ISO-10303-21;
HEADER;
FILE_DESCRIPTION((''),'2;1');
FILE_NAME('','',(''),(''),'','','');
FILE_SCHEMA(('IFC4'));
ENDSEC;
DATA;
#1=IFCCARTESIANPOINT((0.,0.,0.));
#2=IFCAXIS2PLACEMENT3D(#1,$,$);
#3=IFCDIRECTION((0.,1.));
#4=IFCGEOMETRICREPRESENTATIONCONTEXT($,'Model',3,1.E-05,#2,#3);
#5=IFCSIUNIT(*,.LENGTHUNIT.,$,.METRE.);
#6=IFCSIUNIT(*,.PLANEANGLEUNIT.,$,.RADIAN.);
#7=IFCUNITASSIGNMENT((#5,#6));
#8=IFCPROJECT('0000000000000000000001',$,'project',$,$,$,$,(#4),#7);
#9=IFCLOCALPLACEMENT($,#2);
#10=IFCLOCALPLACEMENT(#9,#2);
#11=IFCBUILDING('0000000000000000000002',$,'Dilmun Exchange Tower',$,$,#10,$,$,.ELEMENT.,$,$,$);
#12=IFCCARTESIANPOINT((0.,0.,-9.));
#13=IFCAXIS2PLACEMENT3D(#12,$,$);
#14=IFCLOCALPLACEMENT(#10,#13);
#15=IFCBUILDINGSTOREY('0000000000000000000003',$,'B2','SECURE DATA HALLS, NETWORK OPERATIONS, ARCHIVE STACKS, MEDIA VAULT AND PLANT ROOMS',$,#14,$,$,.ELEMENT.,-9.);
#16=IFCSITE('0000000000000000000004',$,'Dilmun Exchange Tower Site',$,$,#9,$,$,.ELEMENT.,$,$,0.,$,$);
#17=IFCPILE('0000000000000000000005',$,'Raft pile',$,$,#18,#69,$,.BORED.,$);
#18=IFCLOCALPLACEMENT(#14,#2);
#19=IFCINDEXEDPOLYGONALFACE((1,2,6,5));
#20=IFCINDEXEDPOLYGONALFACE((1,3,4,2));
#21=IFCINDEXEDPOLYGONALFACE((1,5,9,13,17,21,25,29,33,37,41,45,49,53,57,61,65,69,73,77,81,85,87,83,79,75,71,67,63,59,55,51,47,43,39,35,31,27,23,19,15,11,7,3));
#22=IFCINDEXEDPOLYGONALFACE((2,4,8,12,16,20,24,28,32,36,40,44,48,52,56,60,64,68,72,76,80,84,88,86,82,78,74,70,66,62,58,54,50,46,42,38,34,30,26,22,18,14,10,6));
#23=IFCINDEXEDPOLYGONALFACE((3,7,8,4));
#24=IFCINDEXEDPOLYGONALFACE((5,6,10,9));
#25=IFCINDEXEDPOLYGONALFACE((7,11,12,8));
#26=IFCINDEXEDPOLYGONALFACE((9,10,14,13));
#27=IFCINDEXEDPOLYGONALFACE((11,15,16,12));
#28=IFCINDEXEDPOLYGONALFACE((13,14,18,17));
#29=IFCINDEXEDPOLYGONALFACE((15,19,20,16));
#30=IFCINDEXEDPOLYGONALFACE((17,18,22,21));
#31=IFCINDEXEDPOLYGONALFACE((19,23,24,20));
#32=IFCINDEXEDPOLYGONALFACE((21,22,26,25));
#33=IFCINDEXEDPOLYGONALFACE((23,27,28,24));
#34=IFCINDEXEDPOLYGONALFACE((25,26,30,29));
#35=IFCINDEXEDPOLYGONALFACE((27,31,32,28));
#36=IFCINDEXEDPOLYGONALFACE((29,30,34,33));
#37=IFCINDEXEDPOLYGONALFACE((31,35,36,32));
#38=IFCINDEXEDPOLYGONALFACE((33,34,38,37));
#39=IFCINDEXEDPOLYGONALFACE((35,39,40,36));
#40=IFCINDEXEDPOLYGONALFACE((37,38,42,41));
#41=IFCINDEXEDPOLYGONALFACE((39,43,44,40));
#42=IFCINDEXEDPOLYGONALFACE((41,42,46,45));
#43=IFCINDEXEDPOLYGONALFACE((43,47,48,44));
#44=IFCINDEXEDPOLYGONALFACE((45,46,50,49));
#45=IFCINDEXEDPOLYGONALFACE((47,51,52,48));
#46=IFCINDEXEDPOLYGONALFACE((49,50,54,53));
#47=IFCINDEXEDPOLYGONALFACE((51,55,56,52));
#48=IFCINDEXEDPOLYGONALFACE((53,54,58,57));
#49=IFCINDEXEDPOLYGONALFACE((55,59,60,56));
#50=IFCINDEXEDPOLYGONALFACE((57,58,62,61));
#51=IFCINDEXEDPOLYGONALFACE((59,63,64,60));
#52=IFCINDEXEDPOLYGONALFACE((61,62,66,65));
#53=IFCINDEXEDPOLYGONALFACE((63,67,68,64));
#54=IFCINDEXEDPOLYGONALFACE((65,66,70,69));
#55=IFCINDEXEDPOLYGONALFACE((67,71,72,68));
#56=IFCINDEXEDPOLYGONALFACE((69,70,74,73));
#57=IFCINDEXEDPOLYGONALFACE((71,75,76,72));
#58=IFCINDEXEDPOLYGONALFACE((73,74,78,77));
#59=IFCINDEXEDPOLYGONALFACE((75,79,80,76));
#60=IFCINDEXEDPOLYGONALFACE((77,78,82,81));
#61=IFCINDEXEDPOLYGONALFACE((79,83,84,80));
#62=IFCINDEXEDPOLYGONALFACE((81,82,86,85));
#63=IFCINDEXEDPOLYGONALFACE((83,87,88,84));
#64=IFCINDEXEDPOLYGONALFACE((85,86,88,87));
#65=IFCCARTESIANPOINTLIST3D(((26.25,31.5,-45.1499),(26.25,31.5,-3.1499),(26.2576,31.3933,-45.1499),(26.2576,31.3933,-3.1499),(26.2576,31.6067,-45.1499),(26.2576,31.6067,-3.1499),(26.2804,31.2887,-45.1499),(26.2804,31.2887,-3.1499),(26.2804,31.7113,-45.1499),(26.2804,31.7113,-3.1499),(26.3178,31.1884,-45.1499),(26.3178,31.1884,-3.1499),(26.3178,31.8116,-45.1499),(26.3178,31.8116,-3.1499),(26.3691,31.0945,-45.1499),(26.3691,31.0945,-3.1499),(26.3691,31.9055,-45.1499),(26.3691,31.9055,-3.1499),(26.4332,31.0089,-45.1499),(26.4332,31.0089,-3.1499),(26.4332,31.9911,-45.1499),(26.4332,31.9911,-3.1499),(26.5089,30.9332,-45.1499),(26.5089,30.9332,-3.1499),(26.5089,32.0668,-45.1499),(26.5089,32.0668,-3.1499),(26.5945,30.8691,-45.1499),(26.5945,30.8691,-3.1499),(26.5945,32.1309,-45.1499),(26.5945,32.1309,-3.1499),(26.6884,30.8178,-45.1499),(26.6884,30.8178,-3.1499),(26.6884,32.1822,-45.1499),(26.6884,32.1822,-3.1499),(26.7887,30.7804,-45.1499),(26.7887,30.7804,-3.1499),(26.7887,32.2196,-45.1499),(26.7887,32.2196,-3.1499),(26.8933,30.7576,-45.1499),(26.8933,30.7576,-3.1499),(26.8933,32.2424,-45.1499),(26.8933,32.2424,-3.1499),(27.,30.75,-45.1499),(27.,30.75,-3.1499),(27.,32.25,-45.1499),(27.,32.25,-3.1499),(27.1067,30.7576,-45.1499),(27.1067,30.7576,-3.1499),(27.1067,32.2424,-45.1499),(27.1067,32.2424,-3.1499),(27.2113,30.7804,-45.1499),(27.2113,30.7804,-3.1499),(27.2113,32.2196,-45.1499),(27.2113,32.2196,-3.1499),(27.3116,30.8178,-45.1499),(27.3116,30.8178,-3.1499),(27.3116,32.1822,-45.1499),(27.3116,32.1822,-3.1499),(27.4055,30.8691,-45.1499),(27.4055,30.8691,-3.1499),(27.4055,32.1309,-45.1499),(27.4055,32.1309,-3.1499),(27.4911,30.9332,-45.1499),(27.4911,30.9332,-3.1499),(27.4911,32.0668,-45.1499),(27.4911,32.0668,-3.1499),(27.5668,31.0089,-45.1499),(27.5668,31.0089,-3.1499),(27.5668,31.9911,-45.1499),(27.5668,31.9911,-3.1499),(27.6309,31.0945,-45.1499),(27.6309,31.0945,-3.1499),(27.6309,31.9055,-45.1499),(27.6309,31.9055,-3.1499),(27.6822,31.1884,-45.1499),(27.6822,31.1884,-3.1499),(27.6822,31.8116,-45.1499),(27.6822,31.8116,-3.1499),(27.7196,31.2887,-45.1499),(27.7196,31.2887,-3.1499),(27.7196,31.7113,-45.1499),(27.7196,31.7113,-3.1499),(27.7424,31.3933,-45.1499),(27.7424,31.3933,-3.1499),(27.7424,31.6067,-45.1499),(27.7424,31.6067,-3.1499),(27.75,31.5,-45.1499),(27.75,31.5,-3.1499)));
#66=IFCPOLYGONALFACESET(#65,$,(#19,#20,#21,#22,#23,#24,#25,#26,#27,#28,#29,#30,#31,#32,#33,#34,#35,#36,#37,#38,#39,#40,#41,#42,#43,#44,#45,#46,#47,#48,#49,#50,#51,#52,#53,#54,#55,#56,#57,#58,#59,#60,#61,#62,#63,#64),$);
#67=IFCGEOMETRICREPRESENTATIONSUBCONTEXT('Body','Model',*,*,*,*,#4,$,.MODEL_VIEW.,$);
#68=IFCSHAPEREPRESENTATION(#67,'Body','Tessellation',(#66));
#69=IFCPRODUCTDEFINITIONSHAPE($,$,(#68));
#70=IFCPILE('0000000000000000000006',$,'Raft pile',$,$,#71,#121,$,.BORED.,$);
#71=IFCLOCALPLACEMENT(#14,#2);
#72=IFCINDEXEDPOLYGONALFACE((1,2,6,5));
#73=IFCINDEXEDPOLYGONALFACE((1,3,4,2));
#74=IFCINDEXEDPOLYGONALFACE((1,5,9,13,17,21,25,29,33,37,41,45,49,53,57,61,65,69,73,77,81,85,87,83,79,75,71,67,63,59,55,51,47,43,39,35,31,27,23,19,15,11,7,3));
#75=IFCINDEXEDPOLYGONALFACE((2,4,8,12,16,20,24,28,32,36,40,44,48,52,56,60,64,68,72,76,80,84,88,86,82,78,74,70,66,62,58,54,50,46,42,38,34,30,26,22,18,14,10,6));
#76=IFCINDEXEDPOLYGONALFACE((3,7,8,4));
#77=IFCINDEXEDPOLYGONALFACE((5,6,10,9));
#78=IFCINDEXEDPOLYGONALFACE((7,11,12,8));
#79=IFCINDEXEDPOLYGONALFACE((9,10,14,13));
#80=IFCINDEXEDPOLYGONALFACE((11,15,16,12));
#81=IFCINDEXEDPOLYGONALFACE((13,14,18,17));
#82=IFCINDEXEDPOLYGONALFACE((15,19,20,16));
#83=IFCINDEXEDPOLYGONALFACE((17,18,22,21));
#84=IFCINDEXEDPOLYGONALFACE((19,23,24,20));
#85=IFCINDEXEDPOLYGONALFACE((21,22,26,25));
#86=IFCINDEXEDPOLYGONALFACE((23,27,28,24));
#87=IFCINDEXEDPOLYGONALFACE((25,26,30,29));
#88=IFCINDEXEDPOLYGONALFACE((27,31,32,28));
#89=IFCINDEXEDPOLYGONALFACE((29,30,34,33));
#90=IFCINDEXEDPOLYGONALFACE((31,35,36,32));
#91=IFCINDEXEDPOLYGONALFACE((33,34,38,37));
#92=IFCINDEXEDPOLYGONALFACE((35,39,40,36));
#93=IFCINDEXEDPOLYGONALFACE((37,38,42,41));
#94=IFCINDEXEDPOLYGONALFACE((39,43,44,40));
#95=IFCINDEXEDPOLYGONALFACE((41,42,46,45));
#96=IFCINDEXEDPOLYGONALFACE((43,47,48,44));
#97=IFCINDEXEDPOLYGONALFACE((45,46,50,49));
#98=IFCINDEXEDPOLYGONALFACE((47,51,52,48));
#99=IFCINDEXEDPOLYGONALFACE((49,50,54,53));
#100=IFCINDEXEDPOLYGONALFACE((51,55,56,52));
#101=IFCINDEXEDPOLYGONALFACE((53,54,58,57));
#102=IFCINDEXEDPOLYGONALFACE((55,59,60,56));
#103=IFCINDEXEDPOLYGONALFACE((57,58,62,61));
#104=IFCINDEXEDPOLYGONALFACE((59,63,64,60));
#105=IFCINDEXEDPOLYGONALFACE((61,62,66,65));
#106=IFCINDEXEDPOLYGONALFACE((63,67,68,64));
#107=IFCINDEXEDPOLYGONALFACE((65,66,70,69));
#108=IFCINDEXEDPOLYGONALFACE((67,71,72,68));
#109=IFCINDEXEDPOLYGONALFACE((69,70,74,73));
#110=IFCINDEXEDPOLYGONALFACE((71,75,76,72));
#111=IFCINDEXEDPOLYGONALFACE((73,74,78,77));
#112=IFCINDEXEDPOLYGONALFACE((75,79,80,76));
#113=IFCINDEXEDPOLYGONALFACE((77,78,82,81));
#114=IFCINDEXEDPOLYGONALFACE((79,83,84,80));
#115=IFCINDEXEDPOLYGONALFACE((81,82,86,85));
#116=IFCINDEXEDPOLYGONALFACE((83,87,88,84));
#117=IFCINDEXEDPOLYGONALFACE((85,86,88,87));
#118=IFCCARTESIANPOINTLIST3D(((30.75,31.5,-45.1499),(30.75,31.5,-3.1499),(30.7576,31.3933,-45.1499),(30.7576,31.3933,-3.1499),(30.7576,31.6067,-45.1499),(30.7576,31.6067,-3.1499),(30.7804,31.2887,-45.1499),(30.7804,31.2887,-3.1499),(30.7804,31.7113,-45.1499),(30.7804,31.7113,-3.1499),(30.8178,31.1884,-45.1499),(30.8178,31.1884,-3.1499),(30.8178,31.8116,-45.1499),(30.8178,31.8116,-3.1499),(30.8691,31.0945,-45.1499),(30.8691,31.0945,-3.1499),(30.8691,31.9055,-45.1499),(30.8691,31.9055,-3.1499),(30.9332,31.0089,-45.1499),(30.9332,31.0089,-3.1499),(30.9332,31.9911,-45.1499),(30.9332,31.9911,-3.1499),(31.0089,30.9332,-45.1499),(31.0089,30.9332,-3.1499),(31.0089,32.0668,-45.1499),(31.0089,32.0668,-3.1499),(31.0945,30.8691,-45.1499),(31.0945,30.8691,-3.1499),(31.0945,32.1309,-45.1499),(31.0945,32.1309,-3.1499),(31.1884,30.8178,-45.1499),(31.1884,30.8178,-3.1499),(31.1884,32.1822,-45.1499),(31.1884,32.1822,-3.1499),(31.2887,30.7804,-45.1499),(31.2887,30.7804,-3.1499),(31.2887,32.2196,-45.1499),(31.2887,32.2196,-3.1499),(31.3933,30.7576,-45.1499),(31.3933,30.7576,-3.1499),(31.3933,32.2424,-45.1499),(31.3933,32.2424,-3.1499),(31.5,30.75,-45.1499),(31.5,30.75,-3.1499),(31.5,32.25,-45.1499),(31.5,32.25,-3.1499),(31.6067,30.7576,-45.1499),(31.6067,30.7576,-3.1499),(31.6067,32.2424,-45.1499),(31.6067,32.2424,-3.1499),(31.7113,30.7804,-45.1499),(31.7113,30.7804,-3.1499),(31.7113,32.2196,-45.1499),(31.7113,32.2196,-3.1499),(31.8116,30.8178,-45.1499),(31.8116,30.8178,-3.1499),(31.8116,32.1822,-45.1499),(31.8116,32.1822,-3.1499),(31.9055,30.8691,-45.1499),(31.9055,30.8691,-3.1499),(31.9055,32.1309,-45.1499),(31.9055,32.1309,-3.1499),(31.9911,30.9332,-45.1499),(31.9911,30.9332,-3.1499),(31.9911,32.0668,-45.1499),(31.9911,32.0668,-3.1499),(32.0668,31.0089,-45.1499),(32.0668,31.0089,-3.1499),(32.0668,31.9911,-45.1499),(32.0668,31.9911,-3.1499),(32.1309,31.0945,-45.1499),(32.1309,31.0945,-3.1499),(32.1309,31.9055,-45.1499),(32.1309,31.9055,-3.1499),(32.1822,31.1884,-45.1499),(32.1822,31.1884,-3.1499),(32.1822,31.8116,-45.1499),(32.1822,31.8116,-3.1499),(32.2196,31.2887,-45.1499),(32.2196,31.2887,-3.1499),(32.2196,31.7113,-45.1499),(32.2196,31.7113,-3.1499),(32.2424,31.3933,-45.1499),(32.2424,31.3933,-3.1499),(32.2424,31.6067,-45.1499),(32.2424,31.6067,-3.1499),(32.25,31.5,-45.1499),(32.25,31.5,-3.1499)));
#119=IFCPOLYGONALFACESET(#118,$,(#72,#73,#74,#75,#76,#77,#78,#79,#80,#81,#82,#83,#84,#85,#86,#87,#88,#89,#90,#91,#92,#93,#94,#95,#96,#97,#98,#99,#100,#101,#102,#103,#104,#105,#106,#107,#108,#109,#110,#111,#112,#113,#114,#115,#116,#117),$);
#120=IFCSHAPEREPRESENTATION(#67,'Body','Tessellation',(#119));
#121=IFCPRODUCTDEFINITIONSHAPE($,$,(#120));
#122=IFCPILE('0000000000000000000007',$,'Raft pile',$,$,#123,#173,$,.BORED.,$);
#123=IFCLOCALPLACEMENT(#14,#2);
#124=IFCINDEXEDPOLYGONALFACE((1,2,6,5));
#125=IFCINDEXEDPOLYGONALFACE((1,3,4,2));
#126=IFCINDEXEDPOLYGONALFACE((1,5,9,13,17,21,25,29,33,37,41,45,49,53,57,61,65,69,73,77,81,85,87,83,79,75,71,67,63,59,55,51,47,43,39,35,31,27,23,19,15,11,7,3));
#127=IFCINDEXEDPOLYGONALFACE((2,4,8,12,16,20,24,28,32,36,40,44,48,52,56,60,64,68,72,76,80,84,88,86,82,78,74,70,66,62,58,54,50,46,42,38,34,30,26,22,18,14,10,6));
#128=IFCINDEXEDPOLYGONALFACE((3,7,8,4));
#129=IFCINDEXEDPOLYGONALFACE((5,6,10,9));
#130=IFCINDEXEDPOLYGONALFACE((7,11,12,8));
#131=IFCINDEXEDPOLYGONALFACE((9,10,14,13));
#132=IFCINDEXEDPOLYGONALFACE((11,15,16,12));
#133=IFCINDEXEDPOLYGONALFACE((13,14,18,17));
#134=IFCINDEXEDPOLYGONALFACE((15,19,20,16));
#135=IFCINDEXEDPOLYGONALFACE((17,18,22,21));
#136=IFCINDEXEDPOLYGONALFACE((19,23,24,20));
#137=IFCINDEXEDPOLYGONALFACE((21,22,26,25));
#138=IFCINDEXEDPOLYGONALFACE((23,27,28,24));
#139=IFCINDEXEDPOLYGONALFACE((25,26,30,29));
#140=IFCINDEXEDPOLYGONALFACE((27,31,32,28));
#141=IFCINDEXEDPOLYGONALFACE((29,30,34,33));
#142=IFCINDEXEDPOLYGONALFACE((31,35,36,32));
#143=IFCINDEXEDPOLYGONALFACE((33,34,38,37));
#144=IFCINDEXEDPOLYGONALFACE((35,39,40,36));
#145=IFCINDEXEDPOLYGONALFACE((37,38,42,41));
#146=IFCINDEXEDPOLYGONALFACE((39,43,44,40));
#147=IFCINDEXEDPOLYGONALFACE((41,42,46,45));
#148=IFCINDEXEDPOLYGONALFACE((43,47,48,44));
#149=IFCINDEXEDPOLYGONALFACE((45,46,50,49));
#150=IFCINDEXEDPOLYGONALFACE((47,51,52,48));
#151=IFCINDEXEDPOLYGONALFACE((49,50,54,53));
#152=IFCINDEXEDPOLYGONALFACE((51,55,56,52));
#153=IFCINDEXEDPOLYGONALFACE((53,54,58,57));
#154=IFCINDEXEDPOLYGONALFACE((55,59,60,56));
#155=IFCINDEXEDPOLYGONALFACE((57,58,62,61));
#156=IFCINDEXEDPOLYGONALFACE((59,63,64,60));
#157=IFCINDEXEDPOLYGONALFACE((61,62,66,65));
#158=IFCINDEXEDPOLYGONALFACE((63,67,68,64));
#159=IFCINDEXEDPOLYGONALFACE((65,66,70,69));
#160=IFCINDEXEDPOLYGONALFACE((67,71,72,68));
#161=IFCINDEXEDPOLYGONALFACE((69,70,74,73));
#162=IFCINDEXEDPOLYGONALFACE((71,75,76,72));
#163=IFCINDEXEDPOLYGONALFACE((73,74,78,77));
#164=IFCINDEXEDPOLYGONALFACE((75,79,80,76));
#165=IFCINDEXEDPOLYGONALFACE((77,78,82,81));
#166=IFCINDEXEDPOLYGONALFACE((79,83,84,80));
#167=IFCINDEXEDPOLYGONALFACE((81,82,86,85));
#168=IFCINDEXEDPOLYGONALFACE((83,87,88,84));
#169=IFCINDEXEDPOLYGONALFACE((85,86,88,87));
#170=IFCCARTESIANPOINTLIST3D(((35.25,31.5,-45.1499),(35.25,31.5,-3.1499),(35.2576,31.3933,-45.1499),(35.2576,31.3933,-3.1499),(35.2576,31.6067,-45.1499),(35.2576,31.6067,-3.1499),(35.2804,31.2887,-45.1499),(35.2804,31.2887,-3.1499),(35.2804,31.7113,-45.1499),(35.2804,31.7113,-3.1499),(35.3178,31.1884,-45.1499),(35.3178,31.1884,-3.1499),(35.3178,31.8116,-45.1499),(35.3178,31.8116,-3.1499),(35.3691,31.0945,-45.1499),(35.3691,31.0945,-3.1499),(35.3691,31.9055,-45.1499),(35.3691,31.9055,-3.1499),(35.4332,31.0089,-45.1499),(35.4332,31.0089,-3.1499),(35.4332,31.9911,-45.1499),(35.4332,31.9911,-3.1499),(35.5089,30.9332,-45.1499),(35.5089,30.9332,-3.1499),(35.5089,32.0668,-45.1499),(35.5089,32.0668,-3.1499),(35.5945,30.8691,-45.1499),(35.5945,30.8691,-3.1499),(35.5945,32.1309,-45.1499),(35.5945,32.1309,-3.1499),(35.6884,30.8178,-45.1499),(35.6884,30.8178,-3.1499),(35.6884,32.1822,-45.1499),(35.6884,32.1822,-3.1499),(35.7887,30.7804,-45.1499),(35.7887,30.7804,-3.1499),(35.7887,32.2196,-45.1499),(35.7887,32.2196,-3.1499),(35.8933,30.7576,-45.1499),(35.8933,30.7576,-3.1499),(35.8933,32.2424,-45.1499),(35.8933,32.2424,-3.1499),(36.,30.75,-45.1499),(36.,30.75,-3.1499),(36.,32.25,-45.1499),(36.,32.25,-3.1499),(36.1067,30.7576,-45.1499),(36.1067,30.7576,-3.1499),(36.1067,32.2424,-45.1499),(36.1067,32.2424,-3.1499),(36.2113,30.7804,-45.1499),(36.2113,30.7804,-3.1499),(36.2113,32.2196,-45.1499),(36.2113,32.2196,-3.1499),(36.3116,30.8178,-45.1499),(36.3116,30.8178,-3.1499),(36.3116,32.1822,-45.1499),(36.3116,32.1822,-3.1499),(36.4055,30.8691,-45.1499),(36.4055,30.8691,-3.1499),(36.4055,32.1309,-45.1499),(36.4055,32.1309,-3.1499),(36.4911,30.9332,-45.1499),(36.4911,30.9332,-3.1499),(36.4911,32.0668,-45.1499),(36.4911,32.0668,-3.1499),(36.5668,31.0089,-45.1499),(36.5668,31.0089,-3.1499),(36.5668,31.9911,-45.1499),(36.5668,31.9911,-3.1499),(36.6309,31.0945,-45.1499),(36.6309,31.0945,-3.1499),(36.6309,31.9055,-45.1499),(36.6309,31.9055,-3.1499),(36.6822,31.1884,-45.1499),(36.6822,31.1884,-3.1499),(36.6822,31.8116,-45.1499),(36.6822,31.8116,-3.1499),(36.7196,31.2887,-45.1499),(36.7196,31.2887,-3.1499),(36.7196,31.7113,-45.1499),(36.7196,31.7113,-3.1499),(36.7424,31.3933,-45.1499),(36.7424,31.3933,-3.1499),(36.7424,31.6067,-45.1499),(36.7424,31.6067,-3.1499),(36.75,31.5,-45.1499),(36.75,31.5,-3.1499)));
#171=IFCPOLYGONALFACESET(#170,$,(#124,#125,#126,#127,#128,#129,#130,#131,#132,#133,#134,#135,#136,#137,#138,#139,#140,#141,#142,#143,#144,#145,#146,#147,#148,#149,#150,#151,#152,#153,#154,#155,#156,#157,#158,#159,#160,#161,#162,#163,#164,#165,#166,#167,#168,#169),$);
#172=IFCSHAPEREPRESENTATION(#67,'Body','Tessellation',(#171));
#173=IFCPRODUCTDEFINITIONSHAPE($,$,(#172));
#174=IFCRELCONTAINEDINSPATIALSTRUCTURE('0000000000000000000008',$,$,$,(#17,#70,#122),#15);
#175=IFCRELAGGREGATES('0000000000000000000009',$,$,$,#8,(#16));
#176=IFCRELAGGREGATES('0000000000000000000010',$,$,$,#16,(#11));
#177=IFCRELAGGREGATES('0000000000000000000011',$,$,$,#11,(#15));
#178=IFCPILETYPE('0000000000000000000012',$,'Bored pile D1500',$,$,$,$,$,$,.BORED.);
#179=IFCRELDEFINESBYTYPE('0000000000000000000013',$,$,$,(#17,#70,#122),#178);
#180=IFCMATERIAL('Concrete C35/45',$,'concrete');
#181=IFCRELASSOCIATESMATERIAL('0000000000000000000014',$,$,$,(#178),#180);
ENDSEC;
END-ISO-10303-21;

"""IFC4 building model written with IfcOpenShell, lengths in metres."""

from ifc_helpers import new_model, si_unit, direction, frame, origin, origin_2d, place, context, subcontext, project, spatial, circle, extrude, material, material_profile, profile_set, type_object, element, save


model = new_model("IFC4")

# Units and contexts
model_context = context("Model", 3, precision=1e-05, world=origin(), true_north=direction((0.0, 1.0)))
body_context = subcontext(model_context, "Body", "Model", "MODEL_VIEW")
ifc_project = project(units=[si_unit("LENGTHUNIT", "METRE"), si_unit("PLANEANGLEUNIT", "RADIAN")], contexts=[model_context])

# Site, building, storey
site_placement = place(None, origin())
site = spatial("IfcSite", under=ifc_project, at=site_placement, Name="Dilmun Exchange Tower Site", CompositionType="ELEMENT", RefElevation=0.0)
building_placement = place(site_placement, origin())
building = spatial("IfcBuilding", under=site, at=building_placement, Name="Dilmun Exchange Tower", CompositionType="ELEMENT")
storey_placement = place(building_placement, frame((0.0, 0.0, -9.0)))
storey = spatial("IfcBuildingStorey", under=building, at=storey_placement, Name="B2", Description="SECURE DATA HALLS, NETWORK OPERATIONS, ARCHIVE STACKS, MEDIA VAULT AND PLANT ROOMS", CompositionType="ELEMENT", Elevation=-9.0)

# Piles
ifc_material_1 = material(Name="Concrete C35/45", Category="concrete")
ifc_material_profile_1 = material_profile(ifc_material_1, circle(Radius=0.75, at=origin_2d()), Name="D1500")
ifc_profile_set_1 = profile_set([ifc_material_profile_1], Name="Concrete C35/45")
pile_type = type_object("IfcPileType", Name="Bored pile D1500", PredefinedType="BORED", material=ifc_profile_set_1)
for number, where, z_axis, x_axis, name in (
    (1, (27.0, 31.5, -3.1499), (0.0, 0.0, -1.0), (1.0, 0.0, 0.0), "Raft pile"),
    (2, (31.5, 31.5, -3.1499), (0.0, 0.0, -1.0), (1.0, 0.0, 0.0), "Raft pile"),
    (3, (36.0, 31.5, -3.1499), (0.0, 0.0, -1.0), (1.0, 0.0, 0.0), "Raft pile"),
):
    element("IfcPile", number, at=place(storey_placement, frame(where, z_axis=z_axis, x_axis=x_axis)), inside=storey, type_object=pile_type, Name=name, PredefinedType="BORED", context=body_context, shape_type="SweptSolid", body=[
        extrude(circle(Radius=0.75, at=origin_2d()), origin(), (0.0, 0.0, 1.0), 42.0),
    ])

save(model, "model.ifc")
